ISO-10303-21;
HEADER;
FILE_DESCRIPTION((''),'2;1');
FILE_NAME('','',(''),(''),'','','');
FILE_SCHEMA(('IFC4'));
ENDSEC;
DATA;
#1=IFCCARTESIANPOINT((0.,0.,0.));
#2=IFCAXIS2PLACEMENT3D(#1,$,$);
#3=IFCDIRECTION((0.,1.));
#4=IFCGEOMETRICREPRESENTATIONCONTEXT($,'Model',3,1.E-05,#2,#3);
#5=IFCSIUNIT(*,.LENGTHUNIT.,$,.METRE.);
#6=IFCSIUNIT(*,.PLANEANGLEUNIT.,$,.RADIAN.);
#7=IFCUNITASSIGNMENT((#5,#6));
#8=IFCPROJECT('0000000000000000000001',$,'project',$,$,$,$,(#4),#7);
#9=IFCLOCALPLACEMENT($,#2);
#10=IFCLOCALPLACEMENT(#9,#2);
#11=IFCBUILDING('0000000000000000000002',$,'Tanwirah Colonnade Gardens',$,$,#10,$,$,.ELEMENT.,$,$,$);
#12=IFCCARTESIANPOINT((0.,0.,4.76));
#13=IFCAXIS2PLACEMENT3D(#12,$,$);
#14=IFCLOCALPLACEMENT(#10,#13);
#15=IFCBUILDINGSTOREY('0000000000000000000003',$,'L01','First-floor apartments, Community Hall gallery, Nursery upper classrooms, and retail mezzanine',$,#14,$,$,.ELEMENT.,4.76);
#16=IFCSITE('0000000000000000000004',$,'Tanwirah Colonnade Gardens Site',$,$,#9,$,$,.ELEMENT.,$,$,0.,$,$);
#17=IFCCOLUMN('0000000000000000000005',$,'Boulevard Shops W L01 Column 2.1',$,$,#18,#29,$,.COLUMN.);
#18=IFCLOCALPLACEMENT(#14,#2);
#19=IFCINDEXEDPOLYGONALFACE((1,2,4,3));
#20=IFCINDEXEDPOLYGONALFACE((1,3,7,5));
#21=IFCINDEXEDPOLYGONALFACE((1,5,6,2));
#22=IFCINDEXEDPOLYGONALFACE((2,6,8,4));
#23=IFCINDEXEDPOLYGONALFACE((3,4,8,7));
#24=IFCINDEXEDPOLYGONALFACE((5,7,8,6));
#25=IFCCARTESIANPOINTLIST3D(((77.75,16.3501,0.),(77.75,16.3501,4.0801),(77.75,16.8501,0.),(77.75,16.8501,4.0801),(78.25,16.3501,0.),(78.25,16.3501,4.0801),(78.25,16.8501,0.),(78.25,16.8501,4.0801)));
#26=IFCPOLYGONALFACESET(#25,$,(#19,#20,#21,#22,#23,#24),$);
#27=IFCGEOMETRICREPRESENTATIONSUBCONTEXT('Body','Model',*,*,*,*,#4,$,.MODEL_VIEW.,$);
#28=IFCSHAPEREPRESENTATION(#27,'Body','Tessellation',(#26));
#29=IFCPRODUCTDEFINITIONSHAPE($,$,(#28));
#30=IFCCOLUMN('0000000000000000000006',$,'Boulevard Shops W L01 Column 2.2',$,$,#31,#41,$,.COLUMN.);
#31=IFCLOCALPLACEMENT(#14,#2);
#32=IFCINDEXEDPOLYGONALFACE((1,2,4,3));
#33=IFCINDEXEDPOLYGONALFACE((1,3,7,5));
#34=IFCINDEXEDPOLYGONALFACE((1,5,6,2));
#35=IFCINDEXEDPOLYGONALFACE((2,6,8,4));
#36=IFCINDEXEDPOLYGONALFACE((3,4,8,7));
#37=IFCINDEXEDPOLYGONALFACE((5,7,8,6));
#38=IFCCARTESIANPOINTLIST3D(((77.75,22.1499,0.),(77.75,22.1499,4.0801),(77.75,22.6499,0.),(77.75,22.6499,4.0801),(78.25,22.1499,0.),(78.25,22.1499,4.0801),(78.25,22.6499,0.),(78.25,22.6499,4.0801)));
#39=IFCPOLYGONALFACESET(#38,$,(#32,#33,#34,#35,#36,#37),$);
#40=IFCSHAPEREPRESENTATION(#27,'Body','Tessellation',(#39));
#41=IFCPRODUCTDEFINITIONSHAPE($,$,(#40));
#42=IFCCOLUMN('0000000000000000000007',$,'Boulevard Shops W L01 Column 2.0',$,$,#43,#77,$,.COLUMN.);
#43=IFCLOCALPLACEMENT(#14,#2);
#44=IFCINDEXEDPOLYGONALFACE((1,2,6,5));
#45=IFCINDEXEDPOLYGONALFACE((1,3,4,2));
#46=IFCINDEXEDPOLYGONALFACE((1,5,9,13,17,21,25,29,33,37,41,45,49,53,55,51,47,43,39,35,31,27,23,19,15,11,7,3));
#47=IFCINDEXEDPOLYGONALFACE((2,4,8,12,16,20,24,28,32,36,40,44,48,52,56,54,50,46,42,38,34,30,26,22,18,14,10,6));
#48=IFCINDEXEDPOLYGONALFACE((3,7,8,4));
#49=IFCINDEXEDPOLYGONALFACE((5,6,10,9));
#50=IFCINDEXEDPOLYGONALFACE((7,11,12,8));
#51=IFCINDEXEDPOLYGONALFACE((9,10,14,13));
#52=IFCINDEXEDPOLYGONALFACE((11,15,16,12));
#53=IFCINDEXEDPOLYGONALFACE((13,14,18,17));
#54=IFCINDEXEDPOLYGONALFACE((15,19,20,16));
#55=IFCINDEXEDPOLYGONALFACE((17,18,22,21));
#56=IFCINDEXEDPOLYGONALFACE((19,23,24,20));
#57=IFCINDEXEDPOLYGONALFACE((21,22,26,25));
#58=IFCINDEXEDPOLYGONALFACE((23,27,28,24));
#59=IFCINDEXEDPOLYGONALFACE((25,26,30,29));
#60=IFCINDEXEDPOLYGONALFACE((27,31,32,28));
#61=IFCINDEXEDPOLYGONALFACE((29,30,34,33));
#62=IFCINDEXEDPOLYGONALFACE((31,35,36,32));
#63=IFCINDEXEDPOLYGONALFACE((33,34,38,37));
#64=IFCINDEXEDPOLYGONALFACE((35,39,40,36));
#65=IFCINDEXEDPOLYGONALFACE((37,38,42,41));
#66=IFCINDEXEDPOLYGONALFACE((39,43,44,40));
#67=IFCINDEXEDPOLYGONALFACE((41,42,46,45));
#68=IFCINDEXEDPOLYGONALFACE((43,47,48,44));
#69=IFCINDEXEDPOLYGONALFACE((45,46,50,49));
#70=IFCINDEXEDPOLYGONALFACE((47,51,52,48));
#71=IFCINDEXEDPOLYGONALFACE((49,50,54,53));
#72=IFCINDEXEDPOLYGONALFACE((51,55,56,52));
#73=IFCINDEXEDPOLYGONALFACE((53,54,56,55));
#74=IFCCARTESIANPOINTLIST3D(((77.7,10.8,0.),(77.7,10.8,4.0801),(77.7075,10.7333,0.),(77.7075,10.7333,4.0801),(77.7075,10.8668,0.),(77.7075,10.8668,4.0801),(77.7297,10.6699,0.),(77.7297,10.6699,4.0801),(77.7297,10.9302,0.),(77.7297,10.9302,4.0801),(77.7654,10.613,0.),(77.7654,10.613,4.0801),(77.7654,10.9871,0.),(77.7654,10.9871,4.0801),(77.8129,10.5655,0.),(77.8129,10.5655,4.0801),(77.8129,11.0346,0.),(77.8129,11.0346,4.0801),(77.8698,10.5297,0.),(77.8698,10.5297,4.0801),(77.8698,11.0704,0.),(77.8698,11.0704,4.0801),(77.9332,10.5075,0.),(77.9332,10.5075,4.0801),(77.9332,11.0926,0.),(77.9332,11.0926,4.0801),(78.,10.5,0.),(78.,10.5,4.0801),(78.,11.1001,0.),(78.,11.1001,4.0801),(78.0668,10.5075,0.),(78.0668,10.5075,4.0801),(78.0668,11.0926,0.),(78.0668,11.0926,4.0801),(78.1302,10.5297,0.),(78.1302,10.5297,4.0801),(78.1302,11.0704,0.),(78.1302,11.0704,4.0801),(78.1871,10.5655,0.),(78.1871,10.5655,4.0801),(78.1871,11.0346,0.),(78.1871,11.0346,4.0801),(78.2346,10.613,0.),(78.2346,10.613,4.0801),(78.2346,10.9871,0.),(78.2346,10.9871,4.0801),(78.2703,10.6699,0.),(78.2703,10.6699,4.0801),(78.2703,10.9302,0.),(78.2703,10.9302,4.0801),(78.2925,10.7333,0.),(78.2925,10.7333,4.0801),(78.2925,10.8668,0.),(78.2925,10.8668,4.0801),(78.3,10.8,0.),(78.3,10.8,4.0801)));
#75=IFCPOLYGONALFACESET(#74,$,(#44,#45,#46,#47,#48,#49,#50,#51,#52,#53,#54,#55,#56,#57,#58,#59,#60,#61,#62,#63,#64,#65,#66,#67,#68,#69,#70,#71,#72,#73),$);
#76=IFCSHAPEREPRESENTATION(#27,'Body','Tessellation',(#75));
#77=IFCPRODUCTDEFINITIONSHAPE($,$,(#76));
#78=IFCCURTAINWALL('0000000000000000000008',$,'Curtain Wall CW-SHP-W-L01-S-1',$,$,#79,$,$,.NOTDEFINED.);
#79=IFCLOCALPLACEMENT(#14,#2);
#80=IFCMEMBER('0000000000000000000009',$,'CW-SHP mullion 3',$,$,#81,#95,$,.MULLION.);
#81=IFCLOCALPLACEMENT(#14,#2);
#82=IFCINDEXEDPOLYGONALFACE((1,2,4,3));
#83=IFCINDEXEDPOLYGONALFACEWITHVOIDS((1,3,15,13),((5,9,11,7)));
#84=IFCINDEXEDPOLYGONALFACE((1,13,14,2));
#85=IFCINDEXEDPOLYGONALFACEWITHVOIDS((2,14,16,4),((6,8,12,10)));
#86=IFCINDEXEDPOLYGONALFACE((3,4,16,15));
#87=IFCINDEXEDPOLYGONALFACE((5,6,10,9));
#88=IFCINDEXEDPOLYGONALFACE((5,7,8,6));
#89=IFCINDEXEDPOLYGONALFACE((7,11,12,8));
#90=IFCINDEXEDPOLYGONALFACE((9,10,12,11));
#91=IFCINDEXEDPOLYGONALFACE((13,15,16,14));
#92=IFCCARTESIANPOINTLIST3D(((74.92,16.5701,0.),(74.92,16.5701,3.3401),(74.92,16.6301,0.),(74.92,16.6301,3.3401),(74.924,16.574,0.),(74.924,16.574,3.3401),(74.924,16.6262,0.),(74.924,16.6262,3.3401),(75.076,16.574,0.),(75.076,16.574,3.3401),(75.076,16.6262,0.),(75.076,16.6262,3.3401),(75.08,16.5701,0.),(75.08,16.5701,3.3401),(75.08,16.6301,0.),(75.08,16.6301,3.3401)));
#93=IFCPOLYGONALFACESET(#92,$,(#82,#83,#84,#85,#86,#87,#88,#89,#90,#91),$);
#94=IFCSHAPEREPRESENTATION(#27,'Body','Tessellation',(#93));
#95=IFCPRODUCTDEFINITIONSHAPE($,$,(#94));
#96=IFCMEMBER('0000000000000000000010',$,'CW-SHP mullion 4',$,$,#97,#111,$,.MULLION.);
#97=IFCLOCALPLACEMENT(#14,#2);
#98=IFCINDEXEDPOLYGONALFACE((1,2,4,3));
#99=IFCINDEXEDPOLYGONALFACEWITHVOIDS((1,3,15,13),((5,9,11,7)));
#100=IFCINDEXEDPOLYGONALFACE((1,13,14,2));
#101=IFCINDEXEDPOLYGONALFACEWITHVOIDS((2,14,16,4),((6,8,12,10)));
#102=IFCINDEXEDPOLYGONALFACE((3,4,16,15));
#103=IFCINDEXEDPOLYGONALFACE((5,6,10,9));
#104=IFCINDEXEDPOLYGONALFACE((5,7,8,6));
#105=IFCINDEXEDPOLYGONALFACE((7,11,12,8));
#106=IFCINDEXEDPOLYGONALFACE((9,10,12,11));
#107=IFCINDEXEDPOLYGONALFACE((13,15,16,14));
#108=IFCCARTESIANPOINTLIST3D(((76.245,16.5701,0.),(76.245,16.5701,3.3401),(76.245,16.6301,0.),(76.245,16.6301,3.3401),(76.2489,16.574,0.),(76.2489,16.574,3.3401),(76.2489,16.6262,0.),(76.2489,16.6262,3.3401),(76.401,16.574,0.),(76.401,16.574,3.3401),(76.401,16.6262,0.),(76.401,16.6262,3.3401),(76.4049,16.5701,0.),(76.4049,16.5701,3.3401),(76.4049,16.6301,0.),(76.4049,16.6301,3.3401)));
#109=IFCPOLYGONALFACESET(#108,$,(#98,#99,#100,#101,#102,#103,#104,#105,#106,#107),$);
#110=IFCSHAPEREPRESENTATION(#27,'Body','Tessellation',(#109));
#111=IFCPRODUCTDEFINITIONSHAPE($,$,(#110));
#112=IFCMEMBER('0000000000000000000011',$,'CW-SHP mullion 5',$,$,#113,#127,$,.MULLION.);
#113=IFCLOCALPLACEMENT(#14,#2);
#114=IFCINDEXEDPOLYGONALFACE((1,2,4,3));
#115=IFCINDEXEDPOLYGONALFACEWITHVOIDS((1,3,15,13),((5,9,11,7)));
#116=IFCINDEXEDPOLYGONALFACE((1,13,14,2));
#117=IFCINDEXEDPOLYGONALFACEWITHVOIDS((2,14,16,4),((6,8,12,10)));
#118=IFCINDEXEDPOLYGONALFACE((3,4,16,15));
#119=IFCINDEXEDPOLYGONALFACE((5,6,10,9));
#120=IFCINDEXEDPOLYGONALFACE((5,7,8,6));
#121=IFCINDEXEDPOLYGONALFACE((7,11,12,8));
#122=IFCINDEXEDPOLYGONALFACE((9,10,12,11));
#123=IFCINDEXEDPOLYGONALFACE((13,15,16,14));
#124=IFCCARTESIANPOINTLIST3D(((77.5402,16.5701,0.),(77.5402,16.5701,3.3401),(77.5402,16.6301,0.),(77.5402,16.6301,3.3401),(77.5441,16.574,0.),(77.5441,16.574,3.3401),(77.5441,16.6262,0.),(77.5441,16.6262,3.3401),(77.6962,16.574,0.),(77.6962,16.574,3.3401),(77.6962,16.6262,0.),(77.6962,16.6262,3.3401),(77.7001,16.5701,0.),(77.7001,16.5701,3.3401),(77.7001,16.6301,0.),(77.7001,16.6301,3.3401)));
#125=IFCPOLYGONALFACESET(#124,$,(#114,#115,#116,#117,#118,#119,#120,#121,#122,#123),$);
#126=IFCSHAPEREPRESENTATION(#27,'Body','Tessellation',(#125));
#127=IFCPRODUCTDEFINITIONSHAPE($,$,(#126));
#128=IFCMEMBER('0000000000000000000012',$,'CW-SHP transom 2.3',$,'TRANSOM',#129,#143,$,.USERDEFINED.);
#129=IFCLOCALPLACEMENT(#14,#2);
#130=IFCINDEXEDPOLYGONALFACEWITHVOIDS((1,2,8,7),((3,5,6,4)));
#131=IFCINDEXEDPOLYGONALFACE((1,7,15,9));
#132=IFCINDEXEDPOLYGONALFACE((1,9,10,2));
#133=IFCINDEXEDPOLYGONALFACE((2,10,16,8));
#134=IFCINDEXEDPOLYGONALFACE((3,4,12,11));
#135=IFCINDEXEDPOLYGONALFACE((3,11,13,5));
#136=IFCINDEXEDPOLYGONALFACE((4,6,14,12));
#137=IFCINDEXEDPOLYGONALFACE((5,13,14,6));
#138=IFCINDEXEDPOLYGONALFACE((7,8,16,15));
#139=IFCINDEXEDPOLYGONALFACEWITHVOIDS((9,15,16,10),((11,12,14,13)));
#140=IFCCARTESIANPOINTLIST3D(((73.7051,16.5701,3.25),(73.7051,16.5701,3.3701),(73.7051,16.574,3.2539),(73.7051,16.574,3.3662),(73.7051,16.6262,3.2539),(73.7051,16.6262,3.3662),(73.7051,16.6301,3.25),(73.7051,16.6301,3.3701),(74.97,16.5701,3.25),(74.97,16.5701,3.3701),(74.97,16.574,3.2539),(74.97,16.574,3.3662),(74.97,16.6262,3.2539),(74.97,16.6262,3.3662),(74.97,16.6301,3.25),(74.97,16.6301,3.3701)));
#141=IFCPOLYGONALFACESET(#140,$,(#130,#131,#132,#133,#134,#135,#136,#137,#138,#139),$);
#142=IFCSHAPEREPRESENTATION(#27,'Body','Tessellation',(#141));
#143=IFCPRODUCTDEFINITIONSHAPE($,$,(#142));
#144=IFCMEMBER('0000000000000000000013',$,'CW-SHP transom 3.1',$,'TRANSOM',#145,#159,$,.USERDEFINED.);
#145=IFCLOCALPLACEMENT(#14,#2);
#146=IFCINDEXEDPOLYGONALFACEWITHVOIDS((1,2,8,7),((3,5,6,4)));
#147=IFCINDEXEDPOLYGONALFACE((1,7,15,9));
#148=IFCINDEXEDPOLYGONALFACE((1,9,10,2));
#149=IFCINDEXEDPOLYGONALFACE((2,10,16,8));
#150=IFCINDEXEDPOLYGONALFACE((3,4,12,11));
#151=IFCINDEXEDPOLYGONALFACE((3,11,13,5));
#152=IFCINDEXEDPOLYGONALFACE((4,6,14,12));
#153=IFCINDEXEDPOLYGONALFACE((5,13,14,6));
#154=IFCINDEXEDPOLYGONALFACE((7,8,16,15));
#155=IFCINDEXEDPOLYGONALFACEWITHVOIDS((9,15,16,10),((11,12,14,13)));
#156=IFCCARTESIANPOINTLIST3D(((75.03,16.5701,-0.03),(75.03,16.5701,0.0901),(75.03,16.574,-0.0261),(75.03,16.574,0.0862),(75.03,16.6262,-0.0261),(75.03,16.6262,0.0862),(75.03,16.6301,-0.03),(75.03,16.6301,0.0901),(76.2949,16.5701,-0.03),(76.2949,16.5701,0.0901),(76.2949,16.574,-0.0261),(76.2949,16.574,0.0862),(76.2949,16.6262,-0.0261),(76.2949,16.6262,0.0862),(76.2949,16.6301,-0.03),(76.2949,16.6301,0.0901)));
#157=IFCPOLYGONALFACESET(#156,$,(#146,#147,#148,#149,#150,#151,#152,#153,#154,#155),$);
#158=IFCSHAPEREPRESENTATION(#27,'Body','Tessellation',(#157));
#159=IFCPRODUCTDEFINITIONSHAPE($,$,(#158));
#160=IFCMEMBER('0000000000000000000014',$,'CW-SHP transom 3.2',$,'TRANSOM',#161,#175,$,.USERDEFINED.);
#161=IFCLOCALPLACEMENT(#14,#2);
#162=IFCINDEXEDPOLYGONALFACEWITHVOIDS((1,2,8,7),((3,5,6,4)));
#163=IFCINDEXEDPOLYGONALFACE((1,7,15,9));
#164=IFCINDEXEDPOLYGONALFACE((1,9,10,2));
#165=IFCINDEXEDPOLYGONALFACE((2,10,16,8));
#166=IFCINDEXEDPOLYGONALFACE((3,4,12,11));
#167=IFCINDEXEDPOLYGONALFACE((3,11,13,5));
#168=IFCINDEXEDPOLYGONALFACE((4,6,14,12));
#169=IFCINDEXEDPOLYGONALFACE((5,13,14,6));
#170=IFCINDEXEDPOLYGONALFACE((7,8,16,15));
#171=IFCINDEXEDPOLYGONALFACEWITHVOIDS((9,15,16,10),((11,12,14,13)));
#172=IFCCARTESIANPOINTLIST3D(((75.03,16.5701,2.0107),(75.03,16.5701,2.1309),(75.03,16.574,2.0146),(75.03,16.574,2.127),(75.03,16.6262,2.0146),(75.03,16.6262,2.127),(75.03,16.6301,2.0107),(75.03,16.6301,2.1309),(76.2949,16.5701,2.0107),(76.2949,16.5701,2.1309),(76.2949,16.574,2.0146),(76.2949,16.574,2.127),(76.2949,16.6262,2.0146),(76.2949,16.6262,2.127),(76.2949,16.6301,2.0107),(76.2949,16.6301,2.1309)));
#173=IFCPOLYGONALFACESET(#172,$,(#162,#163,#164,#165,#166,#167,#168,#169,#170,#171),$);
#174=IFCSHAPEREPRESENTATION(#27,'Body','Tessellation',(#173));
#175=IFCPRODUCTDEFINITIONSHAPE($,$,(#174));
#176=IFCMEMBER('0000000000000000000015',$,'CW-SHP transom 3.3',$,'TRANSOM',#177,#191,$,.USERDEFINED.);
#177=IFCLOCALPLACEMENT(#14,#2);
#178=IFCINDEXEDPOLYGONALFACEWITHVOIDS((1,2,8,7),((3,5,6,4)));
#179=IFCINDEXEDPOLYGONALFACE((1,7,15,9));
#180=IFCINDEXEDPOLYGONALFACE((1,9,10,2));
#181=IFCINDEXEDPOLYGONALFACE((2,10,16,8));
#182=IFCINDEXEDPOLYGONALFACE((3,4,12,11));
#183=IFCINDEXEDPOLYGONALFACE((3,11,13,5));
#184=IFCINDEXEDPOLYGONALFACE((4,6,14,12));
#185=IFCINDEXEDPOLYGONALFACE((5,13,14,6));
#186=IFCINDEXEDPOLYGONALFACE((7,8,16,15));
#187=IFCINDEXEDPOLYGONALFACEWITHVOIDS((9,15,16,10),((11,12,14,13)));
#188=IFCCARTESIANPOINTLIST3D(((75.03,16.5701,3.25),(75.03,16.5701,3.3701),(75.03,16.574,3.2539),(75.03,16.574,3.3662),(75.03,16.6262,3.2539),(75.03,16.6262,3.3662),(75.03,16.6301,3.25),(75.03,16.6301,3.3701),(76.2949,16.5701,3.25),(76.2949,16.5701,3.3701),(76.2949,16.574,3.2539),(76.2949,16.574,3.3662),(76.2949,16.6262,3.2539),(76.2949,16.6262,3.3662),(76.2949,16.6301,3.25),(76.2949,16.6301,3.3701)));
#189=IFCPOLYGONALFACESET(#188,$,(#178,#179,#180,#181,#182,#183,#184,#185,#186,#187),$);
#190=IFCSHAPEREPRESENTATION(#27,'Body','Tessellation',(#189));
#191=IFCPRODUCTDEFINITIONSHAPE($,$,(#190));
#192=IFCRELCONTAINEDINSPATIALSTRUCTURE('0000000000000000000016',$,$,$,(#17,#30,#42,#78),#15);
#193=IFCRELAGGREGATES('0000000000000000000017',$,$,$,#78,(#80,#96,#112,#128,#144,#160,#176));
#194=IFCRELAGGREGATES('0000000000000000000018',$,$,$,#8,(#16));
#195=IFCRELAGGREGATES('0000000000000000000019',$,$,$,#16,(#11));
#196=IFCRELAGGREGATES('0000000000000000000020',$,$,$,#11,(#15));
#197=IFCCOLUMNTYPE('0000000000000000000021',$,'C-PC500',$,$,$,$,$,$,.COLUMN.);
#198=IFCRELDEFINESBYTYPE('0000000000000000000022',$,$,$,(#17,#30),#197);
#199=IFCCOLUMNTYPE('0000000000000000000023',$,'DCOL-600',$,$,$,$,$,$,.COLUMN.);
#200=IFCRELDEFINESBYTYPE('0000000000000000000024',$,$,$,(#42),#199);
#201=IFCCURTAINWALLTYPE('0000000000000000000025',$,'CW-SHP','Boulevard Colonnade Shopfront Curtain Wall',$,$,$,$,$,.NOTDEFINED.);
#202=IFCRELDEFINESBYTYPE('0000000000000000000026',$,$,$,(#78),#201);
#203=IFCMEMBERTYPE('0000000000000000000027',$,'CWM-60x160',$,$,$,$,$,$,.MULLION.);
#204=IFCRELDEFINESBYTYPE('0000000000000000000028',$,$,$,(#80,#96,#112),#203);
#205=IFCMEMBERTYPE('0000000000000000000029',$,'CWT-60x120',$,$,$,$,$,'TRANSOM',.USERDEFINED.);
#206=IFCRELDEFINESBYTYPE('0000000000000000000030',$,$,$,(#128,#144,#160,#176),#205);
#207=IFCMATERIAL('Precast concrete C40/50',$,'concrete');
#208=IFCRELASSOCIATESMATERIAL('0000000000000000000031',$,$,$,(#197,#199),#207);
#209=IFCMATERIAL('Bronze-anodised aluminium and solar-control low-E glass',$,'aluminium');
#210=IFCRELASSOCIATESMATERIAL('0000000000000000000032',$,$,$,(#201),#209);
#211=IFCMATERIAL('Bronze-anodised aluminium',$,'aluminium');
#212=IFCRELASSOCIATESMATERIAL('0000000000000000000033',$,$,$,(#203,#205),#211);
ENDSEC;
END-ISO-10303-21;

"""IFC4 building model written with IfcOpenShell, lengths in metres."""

from ifc_helpers import new_model, si_unit, direction, frame, origin, origin_2d, place, context, subcontext, project, spatial, rectangle, hollow_rectangle, circle, extrude, material, material_profile, profile_set, type_object, element, aggregate, save


model = new_model("IFC4")

# Units and contexts
model_context = context("Model", 3, precision=1e-05, world=origin(), true_north=direction((0.0, 1.0)))
body_context = subcontext(model_context, "Body", "Model", "MODEL_VIEW")
ifc_project = project(units=[si_unit("LENGTHUNIT", "METRE"), si_unit("PLANEANGLEUNIT", "RADIAN")], contexts=[model_context])

# Site, building, storey
site_placement = place(None, origin())
site = spatial("IfcSite", under=ifc_project, at=site_placement, Name="Tanwirah Colonnade Gardens Site", CompositionType="ELEMENT", RefElevation=0.0)
building_placement = place(site_placement, origin())
building = spatial("IfcBuilding", under=site, at=building_placement, Name="Tanwirah Colonnade Gardens", CompositionType="ELEMENT")
storey_placement = place(building_placement, frame((0.0, 0.0, 4.76)))
storey = spatial("IfcBuildingStorey", under=building, at=storey_placement, Name="L01", Description="First-floor apartments, Community Hall gallery, Nursery upper classrooms, and retail mezzanine", CompositionType="ELEMENT", Elevation=4.76)

# Columns
ifc_material_1 = material(Name="Precast concrete C40/50", Category="concrete")
ifc_material_profile_1 = material_profile(ifc_material_1, rectangle(XDim=0.5, YDim=0.5, at=origin_2d()), Name="PC-COL 500x500")
ifc_profile_set_1 = profile_set([ifc_material_profile_1], Name="Precast concrete C40/50")
column_type_1 = type_object("IfcColumnType", Name="C-PC500", PredefinedType="COLUMN", material=ifc_profile_set_1)
for number, where, z_axis, x_axis, name in (
    (1, (78.0, 16.6001, 0.0), (0.0, 0.0, 1.0), (1.0, 0.0, 0.0), "Boulevard Shops W L01 Column 2.1"),
    (2, (78.0, 22.3999, 0.0), (0.0, 0.0, 1.0), (1.0, 0.0, 0.0), "Boulevard Shops W L01 Column 2.2"),
):
    element("IfcColumn", number, at=place(storey_placement, frame(where, z_axis=z_axis, x_axis=x_axis)), inside=storey, type_object=column_type_1, Name=name, PredefinedType="COLUMN", context=body_context, shape_type="SweptSolid", body=[
        extrude(rectangle(XDim=0.5, YDim=0.5, at=origin_2d()), origin(), (0.0, 0.0, 1.0), 4.0801),
    ])
ifc_material_profile_2 = material_profile(ifc_material_1, circle(Radius=0.3, at=origin_2d()), Name="PC-DCOL D600")
ifc_profile_set_2 = profile_set([ifc_material_profile_2], Name="Precast concrete C40/50")
column_type_2 = type_object("IfcColumnType", Name="DCOL-600", PredefinedType="COLUMN", material=ifc_profile_set_2)
column_placement = place(storey_placement, frame((78.0, 10.8, 0.0), z_axis=(0.0, 0.0, 1.0), x_axis=(1.0, 0.0, 0.0)))
element("IfcColumn", 3, at=column_placement, inside=storey, type_object=column_type_2, Name="Boulevard Shops W L01 Column 2.0", PredefinedType="COLUMN", context=body_context, shape_type="SweptSolid", body=[
    extrude(circle(Radius=0.3, at=origin_2d()), origin(), (0.0, 0.0, 1.0), 4.0801),
])

# Curtain wall, members
ifc_material_2 = material(Name="Bronze-anodised aluminium and solar-control low-E glass", Category="aluminium")
curtain_wall_type = type_object("IfcCurtainWallType", Name="CW-SHP", Description="Boulevard Colonnade Shopfront Curtain Wall", PredefinedType="NOTDEFINED", material=ifc_material_2)
curtain_wall_placement = place(storey_placement, origin())
curtain_wall = element("IfcCurtainWall", 4, at=curtain_wall_placement, inside=storey, type_object=curtain_wall_type, Name="Curtain Wall CW-SHP-W-L01-S-1", PredefinedType="NOTDEFINED")
ifc_material_3 = material(Name="Bronze-anodised aluminium", Category="aluminium")
ifc_material_profile_3 = material_profile(ifc_material_3, hollow_rectangle(XDim=0.0601, YDim=0.1599, WallThickness=0.0039, at=origin_2d()), Name="CW-MUL 60x160x4")
ifc_profile_set_3 = profile_set([ifc_material_profile_3], Name="Bronze-anodised aluminium")
member_type_1 = type_object("IfcMemberType", Name="CWM-60x160", PredefinedType="MULLION", material=ifc_profile_set_3)
member_1_placement = place(storey_placement, frame((75.0, 16.6001, 0.0), z_axis=(0.0, 0.0, 1.0), x_axis=(0.0, 1.0, 0.0)))
member_1 = element("IfcMember", 5, at=member_1_placement, type_object=member_type_1, Name="CW-SHP mullion 3", PredefinedType="MULLION", context=body_context, shape_type="SweptSolid", body=[
    extrude(hollow_rectangle(XDim=0.0601, YDim=0.1599, WallThickness=0.0039, at=origin_2d()), origin(), (0.0, 0.0, 1.0), 3.3401),
])
member_2_placement = place(storey_placement, frame((76.325, 16.6001, 0.0), z_axis=(0.0, 0.0, 1.0), x_axis=(0.0, 1.0, 0.0)))
member_2 = element("IfcMember", 6, at=member_2_placement, type_object=member_type_1, Name="CW-SHP mullion 4", PredefinedType="MULLION", context=body_context, shape_type="SweptSolid", body=[
    extrude(hollow_rectangle(XDim=0.0601, YDim=0.1599, WallThickness=0.0039, at=origin_2d()), origin(), (0.0, 0.0, 1.0), 3.3401),
])
member_3_placement = place(storey_placement, frame((77.6201, 16.6001, 0.0), z_axis=(0.0, 0.0, 1.0), x_axis=(0.0, 1.0, 0.0)))
member_3 = element("IfcMember", 7, at=member_3_placement, type_object=member_type_1, Name="CW-SHP mullion 5", PredefinedType="MULLION", context=body_context, shape_type="SweptSolid", body=[
    extrude(hollow_rectangle(XDim=0.0601, YDim=0.1599, WallThickness=0.0039, at=origin_2d()), origin(), (0.0, 0.0, 1.0), 3.3401),
])
ifc_material_profile_4 = material_profile(ifc_material_3, hollow_rectangle(XDim=0.0601, YDim=0.1201, WallThickness=0.0039, at=origin_2d()), Name="CW-TRN 60x120x4")
ifc_profile_set_4 = profile_set([ifc_material_profile_4], Name="Bronze-anodised aluminium")
member_type_2 = type_object("IfcMemberType", Name="CWT-60x120", ElementType="TRANSOM", PredefinedType="USERDEFINED", material=ifc_profile_set_4)
member_4_placement = place(storey_placement, frame((73.7051, 16.6001, 3.3101), z_axis=(1.0, 0.0, 0.0), x_axis=(0.0, 1.0, 0.0)))
member_4 = element("IfcMember", 8, at=member_4_placement, type_object=member_type_2, Name="CW-SHP transom 2.3", ObjectType="TRANSOM", PredefinedType="USERDEFINED", context=body_context, shape_type="SweptSolid", body=[
    extrude(hollow_rectangle(XDim=0.0601, YDim=0.1201, WallThickness=0.0039, at=origin_2d()), origin(), (0.0, 0.0, 1.0), 1.2649),
])
member_5_placement = place(storey_placement, frame((75.03, 16.6001, 0.03), z_axis=(1.0, 0.0, 0.0), x_axis=(0.0, 1.0, 0.0)))
member_5 = element("IfcMember", 9, at=member_5_placement, type_object=member_type_2, Name="CW-SHP transom 3.1", ObjectType="TRANSOM", PredefinedType="USERDEFINED", context=body_context, shape_type="SweptSolid", body=[
    extrude(hollow_rectangle(XDim=0.0601, YDim=0.1201, WallThickness=0.0039, at=origin_2d()), origin(), (0.0, 0.0, 1.0), 1.2649),
])
member_6_placement = place(storey_placement, frame((75.03, 16.6001, 2.0708), z_axis=(1.0, 0.0, 0.0), x_axis=(0.0, 1.0, 0.0)))
member_6 = element("IfcMember", 10, at=member_6_placement, type_object=member_type_2, Name="CW-SHP transom 3.2", ObjectType="TRANSOM", PredefinedType="USERDEFINED", context=body_context, shape_type="SweptSolid", body=[
    extrude(hollow_rectangle(XDim=0.0601, YDim=0.1201, WallThickness=0.0039, at=origin_2d()), origin(), (0.0, 0.0, 1.0), 1.2649),
])
member_7_placement = place(storey_placement, frame((75.03, 16.6001, 3.3101), z_axis=(1.0, 0.0, 0.0), x_axis=(0.0, 1.0, 0.0)))
member_7 = element("IfcMember", 11, at=member_7_placement, type_object=member_type_2, Name="CW-SHP transom 3.3", ObjectType="TRANSOM", PredefinedType="USERDEFINED", context=body_context, shape_type="SweptSolid", body=[
    extrude(hollow_rectangle(XDim=0.0601, YDim=0.1201, WallThickness=0.0039, at=origin_2d()), origin(), (0.0, 0.0, 1.0), 1.2649),
])

aggregate(curtain_wall, [member_1, member_2, member_3, member_4, member_5, member_6, member_7])

save(model, "model.ifc")
